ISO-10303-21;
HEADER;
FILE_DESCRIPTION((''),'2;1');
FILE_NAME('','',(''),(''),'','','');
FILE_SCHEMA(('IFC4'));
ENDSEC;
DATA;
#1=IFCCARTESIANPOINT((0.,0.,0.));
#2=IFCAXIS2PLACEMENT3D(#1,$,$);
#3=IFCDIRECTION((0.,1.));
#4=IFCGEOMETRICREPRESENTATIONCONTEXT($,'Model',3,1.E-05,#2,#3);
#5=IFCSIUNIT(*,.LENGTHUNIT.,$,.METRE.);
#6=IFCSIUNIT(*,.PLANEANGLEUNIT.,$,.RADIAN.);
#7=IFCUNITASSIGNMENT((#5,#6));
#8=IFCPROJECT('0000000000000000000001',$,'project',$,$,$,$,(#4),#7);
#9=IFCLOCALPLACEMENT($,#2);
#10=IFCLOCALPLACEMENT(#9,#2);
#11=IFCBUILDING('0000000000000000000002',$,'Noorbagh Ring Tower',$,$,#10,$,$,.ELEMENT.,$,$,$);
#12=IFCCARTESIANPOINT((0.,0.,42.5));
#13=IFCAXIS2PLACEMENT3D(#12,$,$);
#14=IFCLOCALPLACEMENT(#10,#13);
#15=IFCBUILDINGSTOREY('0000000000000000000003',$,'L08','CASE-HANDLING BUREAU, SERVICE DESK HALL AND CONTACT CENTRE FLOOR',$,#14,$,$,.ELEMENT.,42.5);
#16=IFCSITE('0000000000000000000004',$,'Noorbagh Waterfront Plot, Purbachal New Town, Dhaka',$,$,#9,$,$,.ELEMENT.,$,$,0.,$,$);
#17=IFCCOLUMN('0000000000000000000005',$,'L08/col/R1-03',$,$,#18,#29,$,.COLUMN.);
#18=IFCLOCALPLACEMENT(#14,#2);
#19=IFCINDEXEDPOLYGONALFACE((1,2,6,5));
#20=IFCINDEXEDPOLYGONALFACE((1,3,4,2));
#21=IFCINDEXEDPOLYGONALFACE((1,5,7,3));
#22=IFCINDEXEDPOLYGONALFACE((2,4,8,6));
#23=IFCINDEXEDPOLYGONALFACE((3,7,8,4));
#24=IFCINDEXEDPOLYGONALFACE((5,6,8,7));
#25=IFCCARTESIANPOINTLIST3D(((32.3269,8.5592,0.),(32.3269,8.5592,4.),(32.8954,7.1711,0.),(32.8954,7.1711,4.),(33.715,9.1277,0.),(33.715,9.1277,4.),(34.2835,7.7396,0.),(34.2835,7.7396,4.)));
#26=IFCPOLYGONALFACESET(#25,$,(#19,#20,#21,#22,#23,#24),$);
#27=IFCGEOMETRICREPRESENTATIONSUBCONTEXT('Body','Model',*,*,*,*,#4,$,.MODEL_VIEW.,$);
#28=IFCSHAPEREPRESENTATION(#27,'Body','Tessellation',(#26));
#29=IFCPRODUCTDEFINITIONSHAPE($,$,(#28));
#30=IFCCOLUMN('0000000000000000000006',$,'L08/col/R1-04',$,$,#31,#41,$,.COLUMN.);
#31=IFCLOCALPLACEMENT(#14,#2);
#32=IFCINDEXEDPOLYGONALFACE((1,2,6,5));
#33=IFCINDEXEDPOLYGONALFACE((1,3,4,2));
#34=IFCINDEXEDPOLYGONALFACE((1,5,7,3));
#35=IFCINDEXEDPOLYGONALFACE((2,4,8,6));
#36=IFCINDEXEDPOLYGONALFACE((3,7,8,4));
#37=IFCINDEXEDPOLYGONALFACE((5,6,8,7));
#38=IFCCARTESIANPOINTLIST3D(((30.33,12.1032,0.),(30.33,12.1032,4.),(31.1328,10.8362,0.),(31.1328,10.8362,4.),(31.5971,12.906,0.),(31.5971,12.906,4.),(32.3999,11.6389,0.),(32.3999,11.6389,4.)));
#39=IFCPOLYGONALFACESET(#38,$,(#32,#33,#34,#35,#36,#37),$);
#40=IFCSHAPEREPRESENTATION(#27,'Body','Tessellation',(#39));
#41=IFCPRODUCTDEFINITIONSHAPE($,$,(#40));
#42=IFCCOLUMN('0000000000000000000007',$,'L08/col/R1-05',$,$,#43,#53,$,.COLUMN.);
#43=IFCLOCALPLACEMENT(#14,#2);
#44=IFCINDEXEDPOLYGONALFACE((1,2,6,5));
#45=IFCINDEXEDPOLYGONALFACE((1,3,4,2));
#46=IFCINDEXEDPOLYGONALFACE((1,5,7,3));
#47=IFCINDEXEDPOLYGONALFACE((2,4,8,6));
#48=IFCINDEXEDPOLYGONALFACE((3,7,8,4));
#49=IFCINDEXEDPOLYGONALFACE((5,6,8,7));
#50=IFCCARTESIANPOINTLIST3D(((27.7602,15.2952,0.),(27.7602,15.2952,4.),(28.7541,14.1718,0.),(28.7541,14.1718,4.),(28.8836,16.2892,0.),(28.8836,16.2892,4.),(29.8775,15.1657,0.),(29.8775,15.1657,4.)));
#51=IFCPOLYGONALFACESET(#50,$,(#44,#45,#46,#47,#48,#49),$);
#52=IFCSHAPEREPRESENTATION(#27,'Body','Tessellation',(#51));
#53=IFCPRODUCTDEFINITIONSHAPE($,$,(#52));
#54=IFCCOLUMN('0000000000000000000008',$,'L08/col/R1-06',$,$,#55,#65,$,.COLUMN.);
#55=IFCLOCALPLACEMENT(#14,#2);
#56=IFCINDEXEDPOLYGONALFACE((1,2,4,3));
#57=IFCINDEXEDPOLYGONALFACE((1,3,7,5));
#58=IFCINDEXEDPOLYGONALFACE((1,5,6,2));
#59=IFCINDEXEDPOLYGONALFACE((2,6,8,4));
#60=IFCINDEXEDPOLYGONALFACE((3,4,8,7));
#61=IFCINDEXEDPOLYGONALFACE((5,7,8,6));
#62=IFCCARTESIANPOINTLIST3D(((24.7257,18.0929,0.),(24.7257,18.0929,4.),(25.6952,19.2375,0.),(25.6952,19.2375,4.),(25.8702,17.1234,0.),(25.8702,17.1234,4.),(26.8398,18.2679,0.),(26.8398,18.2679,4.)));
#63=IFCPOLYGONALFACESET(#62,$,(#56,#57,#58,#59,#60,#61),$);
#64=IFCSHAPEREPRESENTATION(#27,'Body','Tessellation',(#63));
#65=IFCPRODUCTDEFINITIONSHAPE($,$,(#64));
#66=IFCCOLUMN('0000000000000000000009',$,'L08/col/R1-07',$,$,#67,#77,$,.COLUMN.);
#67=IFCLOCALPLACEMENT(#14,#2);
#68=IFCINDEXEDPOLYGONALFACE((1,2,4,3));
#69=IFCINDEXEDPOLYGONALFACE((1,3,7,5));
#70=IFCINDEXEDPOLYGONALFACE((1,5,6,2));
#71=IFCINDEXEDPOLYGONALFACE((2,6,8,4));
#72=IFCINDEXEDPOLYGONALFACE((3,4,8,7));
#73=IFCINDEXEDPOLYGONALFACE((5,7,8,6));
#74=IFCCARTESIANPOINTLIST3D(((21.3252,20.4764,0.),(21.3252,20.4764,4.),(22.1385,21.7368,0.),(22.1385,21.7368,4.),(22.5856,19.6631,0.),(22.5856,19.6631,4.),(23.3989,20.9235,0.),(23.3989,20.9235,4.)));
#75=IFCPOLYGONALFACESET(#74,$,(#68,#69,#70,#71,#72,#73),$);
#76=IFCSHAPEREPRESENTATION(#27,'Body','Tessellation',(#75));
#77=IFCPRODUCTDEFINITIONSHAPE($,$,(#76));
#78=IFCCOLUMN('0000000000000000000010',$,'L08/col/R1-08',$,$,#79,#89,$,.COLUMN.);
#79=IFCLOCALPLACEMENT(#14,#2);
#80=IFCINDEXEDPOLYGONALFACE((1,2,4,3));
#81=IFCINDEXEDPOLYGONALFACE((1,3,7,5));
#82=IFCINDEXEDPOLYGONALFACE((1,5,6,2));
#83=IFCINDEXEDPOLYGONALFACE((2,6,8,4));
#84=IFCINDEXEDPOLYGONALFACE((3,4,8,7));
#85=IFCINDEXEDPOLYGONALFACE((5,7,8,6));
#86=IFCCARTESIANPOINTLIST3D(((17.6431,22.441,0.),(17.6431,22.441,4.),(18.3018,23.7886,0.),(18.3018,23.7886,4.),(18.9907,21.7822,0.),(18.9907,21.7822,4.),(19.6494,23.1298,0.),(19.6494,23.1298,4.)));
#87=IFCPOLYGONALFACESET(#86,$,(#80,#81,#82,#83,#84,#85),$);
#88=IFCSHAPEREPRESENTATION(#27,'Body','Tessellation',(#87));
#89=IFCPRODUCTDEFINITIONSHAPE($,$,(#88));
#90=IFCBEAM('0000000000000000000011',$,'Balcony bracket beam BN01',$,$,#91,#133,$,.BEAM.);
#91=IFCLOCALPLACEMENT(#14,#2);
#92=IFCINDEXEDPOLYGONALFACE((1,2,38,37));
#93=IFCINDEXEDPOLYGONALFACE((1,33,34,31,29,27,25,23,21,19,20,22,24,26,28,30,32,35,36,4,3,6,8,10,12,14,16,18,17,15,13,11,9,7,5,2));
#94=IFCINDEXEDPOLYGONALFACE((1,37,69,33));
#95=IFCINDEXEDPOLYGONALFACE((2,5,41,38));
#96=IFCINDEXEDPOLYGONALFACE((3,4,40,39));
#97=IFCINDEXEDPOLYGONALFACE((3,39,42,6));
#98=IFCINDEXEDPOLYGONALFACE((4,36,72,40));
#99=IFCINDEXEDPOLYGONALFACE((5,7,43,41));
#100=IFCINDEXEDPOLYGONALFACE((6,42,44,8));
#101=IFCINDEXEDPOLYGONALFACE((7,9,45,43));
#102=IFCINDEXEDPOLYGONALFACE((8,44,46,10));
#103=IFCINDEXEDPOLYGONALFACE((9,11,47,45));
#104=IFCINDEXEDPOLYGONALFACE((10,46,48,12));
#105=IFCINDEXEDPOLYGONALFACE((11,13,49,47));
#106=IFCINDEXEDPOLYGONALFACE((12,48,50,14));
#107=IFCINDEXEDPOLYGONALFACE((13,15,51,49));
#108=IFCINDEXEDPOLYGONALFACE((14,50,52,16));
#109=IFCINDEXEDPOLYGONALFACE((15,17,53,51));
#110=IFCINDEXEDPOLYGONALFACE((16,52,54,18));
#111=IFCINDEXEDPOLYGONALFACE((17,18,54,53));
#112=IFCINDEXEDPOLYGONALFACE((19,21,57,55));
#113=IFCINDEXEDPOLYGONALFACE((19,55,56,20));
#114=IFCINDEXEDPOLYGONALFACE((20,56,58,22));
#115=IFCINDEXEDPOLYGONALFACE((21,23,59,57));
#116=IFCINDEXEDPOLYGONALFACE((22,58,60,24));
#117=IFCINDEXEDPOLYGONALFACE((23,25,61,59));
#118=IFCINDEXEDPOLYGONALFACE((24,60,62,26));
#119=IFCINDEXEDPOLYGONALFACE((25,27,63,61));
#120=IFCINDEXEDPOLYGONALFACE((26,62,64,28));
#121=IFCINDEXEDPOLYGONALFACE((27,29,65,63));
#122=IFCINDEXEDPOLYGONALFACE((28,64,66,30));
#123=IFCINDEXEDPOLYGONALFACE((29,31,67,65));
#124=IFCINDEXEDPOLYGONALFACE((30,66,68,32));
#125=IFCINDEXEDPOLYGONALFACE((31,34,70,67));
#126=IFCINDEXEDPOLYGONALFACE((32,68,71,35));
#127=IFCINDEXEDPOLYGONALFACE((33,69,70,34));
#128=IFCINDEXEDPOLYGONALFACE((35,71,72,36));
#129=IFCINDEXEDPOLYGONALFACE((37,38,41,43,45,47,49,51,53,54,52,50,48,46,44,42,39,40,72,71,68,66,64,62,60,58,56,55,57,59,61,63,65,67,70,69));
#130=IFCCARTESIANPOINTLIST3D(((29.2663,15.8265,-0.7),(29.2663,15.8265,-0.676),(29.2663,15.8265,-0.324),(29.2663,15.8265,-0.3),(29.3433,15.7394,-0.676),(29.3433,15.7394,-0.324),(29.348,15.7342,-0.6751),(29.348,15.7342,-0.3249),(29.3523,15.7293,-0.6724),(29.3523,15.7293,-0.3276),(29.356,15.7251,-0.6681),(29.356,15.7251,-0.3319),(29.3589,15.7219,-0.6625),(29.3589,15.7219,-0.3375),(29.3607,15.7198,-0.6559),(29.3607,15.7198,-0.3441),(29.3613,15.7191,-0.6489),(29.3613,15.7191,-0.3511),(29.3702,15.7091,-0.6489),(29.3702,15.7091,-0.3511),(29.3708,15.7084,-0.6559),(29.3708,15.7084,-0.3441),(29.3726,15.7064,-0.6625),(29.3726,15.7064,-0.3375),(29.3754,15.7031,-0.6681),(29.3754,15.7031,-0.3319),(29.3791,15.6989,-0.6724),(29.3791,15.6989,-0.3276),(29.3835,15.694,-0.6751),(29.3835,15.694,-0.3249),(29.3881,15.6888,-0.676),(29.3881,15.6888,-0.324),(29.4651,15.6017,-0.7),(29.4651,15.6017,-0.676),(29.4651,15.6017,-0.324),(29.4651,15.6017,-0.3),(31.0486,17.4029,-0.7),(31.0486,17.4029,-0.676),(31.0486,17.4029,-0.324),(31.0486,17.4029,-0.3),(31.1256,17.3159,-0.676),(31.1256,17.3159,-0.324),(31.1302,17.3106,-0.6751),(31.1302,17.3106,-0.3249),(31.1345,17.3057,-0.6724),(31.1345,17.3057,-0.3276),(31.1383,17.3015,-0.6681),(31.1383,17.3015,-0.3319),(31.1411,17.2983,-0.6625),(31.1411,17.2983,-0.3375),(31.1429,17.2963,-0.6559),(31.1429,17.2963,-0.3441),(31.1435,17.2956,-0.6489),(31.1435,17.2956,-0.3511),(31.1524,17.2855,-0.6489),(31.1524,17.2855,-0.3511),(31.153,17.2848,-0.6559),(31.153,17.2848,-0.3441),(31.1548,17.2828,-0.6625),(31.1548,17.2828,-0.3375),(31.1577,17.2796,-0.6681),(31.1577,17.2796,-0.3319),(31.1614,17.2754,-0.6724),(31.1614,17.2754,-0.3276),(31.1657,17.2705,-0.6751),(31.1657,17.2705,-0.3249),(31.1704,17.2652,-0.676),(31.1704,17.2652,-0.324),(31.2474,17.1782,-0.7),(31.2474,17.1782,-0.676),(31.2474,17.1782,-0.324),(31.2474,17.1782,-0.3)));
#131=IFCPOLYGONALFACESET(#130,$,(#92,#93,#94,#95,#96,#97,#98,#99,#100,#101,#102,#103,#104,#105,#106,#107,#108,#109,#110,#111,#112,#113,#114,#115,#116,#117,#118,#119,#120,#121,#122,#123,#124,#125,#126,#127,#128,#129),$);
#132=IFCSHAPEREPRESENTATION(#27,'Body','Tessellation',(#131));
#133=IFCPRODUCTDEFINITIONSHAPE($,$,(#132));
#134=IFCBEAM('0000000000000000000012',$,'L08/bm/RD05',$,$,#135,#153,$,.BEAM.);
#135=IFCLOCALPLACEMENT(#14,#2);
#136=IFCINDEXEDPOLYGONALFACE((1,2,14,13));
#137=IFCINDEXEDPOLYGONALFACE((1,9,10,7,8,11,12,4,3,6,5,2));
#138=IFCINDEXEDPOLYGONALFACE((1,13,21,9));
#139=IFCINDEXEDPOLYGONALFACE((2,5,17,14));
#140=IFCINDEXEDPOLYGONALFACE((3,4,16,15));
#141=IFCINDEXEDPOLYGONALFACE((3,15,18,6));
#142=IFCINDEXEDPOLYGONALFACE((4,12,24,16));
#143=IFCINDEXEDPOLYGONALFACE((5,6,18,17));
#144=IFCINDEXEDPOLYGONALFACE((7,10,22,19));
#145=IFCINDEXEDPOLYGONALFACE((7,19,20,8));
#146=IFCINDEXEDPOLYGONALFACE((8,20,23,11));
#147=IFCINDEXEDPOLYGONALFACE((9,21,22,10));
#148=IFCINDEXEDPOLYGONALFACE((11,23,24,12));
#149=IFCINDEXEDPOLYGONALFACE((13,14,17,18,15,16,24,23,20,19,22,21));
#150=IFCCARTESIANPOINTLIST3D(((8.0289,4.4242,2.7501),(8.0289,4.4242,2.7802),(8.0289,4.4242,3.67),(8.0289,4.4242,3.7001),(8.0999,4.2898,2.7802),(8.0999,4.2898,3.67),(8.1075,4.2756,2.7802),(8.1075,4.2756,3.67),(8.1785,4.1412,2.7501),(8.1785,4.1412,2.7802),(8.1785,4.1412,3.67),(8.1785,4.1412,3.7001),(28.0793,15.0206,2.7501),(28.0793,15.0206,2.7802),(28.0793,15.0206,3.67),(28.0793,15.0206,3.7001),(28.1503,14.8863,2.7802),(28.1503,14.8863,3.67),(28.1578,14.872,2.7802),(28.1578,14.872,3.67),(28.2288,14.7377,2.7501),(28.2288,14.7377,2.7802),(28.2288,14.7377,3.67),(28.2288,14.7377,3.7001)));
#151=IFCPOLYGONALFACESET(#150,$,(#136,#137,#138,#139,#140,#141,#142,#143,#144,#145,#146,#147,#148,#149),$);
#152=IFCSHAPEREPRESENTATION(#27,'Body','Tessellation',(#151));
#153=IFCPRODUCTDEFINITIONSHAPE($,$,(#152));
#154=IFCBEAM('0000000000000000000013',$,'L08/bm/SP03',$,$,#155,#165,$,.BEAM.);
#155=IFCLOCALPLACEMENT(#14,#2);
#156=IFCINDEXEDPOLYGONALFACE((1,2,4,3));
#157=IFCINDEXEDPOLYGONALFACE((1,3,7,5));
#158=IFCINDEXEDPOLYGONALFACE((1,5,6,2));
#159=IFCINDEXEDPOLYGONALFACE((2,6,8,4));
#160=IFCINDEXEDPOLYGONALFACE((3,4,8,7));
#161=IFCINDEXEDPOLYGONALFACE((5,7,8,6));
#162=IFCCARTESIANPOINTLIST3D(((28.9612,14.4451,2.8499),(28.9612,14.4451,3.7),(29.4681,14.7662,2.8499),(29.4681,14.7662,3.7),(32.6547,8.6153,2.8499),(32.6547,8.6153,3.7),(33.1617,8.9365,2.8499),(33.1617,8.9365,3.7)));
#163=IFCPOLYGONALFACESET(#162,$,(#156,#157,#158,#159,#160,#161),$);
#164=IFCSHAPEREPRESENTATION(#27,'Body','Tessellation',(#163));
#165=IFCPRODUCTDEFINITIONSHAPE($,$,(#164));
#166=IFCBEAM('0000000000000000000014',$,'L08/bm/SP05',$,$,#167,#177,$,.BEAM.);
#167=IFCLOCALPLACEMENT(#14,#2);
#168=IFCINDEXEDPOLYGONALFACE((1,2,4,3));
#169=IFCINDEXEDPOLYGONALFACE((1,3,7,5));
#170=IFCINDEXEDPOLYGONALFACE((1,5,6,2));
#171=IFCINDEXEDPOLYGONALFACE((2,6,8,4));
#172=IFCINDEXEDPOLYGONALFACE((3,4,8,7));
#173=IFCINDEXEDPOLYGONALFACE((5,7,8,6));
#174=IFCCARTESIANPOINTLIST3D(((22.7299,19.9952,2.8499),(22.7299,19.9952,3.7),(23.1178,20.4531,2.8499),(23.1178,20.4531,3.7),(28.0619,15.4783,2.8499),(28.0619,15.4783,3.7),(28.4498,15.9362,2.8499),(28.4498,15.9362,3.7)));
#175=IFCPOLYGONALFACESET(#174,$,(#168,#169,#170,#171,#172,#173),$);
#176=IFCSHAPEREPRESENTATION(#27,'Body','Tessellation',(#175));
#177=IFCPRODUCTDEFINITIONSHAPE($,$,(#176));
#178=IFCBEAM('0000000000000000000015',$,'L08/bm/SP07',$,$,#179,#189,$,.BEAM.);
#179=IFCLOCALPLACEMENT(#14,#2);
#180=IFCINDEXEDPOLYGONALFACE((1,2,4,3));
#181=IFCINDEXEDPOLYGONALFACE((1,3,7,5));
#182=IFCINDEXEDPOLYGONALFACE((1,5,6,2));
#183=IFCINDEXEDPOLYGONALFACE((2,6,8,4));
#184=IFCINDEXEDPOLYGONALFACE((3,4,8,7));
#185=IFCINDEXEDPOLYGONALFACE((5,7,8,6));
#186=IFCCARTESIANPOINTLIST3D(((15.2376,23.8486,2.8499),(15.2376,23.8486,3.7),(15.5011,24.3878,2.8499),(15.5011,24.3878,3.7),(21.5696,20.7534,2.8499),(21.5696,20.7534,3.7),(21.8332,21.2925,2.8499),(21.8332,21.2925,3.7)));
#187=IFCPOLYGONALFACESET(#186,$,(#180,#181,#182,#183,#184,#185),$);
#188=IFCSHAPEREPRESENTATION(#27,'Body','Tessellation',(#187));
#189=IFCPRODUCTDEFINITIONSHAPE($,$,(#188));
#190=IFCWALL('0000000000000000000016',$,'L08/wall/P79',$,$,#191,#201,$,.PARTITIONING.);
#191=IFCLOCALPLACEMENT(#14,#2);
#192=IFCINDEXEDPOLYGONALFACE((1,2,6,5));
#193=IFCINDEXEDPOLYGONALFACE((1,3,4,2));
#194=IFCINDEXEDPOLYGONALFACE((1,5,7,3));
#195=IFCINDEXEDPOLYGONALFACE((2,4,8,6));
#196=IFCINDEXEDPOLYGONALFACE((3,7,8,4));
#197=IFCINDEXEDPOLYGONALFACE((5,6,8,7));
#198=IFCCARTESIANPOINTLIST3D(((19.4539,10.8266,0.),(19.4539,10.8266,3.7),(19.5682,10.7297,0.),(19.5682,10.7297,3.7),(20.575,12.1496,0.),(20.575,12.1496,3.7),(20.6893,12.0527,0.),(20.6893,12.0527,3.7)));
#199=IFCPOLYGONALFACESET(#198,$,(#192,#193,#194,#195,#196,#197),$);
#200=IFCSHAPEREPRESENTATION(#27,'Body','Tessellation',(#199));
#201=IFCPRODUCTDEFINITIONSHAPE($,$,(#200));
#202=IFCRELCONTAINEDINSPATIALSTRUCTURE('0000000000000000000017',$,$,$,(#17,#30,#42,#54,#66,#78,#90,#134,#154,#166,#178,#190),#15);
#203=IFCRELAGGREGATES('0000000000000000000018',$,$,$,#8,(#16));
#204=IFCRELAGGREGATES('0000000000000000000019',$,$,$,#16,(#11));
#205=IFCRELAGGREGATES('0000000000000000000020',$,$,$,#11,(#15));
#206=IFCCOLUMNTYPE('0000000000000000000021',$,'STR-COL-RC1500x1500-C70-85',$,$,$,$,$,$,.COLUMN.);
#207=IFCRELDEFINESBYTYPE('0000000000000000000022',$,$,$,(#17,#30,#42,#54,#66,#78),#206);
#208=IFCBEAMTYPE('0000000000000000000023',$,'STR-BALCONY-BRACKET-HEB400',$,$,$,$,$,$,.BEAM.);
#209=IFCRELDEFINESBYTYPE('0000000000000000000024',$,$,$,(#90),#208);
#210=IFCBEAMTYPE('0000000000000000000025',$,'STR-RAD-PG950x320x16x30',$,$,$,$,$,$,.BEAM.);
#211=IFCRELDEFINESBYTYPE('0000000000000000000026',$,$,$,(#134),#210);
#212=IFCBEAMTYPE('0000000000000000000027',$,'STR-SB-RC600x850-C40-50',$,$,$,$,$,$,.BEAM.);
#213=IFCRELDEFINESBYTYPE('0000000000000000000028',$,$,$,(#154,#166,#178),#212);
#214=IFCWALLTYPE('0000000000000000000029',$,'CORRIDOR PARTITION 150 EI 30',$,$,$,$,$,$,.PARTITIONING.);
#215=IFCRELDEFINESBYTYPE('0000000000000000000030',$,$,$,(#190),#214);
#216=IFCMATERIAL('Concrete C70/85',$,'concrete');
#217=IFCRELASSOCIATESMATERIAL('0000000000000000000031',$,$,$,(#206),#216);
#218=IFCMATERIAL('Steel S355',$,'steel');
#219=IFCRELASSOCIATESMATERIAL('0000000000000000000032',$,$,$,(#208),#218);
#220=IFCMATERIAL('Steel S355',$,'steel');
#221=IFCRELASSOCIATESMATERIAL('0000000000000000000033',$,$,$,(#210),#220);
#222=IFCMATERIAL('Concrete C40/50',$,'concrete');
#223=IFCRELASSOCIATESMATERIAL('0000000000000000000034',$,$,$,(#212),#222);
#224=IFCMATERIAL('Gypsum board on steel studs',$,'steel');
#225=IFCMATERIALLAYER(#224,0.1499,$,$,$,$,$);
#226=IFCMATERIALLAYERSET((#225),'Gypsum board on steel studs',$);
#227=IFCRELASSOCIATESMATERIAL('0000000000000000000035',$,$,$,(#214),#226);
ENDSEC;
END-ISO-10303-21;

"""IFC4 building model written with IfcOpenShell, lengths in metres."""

from ifc_helpers import new_model, si_unit, direction, frame, frame_2d, origin, origin_2d, place, context, subcontext, project, spatial, rectangle, i_section, extrude, material, layer, layer_set, material_profile, profile_set, type_object, element, save


model = new_model("IFC4")

# Units and contexts
model_context = context("Model", 3, precision=1e-05, world=origin(), true_north=direction((0.0, 1.0)))
body_context = subcontext(model_context, "Body", "Model", "MODEL_VIEW")
ifc_project = project(units=[si_unit("LENGTHUNIT", "METRE"), si_unit("PLANEANGLEUNIT", "RADIAN")], contexts=[model_context])

# Site, building, storey
site_placement = place(None, origin())
site = spatial("IfcSite", under=ifc_project, at=site_placement, Name="Noorbagh Waterfront Plot, Purbachal New Town, Dhaka", CompositionType="ELEMENT", RefElevation=0.0)
building_placement = place(site_placement, origin())
building = spatial("IfcBuilding", under=site, at=building_placement, Name="Noorbagh Ring Tower", CompositionType="ELEMENT")
storey_placement = place(building_placement, frame((0.0, 0.0, 42.5)))
storey = spatial("IfcBuildingStorey", under=building, at=storey_placement, Name="L08", Description="CASE-HANDLING BUREAU, SERVICE DESK HALL AND CONTACT CENTRE FLOOR", CompositionType="ELEMENT", Elevation=42.5)

# Columns
ifc_material_1 = material(Name="Concrete C70/85", Category="concrete")
ifc_material_profile_1 = material_profile(ifc_material_1, rectangle(XDim=1.5, YDim=1.5, at=origin_2d()), Name="RC1500x1500")
ifc_profile_set_1 = profile_set([ifc_material_profile_1], Name="Concrete C70/85")
column_type = type_object("IfcColumnType", Name="STR-COL-RC1500x1500-C70-85", PredefinedType="COLUMN", material=ifc_profile_set_1)
for number, where, z_axis, x_axis, name in (
    (1, (33.3052, 8.1494, 0.0), (0.0, 0.0, 1.0), (-0.378989, 0.925401, 0.0), "L08/col/R1-03"),
    (2, (31.365, 11.8711, 0.0), (0.0, 0.0, 1.0), (-0.53519, 0.844731, 0.0), "L08/col/R1-04"),
    (3, (28.8188, 15.2305, 0.0), (0.0, 0.0, 1.0), (-0.662636, 0.748942, 0.0), "L08/col/R1-05"),
    (4, (25.7827, 18.1804, 0.0), (0.0, 0.0, 1.0), (-0.763035, 0.646357, 0.0), "L08/col/R1-06"),
    (5, (22.3621, 20.7, 0.0), (0.0, 0.0, 1.0), (-0.840248, 0.542203, 0.0), "L08/col/R1-07"),
    (6, (18.6462, 22.7854, 0.0), (0.0, 0.0, 1.0), (-0.898399, 0.43918, 0.0), "L08/col/R1-08"),
):
    element("IfcColumn", number, at=place(storey_placement, frame(where, z_axis=z_axis, x_axis=x_axis)), inside=storey, type_object=column_type, Name=name, PredefinedType="COLUMN", context=body_context, shape_type="SweptSolid", body=[
        extrude(rectangle(XDim=1.5, YDim=1.5, at=origin_2d()), origin(), (0.0, 0.0, 1.0), 4.0),
    ])

# Beams
ifc_material_2 = material(Name="Steel S355", Category="steel")
ifc_material_profile_2 = material_profile(ifc_material_2, i_section(OverallWidth=0.3, OverallDepth=0.3999, WebThickness=0.0134, FlangeThickness=0.0239, FilletRadius=0.0271, at=origin_2d()), Name="HEB400")
ifc_profile_set_2 = profile_set([ifc_material_profile_2], Name="Steel S355")
beam_type_1 = type_object("IfcBeamType", Name="STR-BALCONY-BRACKET-HEB400", PredefinedType="BEAM", material=ifc_profile_set_2)
beam_1_placement = place(storey_placement, frame((29.3657, 15.7141, -0.5), z_axis=(0.749032, 0.662534, 0.0), x_axis=(-0.662534, 0.749032, 0.0)))
element("IfcBeam", 7, at=beam_1_placement, inside=storey, type_object=beam_type_1, Name="Balcony bracket beam BN01", PredefinedType="BEAM", context=body_context, shape_type="SweptSolid", body=[
    extrude(i_section(OverallWidth=0.3, OverallDepth=0.3999, WebThickness=0.0134, FlangeThickness=0.0239, FilletRadius=0.0271, at=origin_2d()), origin(), (0.0, 0.0, 1.0), 2.3794),
])
ifc_material_3 = material(Name="Steel S355", Category="steel")
ifc_material_profile_3 = material_profile(ifc_material_3, i_section(OverallWidth=0.3201, OverallDepth=0.95, WebThickness=0.0161, FlangeThickness=0.03, at=origin_2d()), Name="PG950x320x16x30")
ifc_profile_set_3 = profile_set([ifc_material_profile_3], Name="Steel S355")
beam_type_2 = type_object("IfcBeamType", Name="STR-RAD-PG950x320x16x30", PredefinedType="BEAM", material=ifc_profile_set_3)
beam_2_placement = place(storey_placement, frame((28.1541, 14.8792, 3.2251), z_axis=(-0.884124, -0.467253, 0.0), x_axis=(0.467253, -0.884124, 0.0)))
element("IfcBeam", 8, at=beam_2_placement, inside=storey, type_object=beam_type_2, Name="L08/bm/RD05", PredefinedType="BEAM", context=body_context, shape_type="SweptSolid", body=[
    extrude(i_section(OverallWidth=0.3201, OverallDepth=0.95, WebThickness=0.0161, FlangeThickness=0.03, at=origin_2d()), origin(), (0.0, 0.0, 1.0), 22.6782),
])
ifc_material_4 = material(Name="Concrete C40/50", Category="concrete")
ifc_material_profile_4 = material_profile(ifc_material_4, rectangle(XDim=0.6001, YDim=0.8501, at=origin_2d()), Name="RC600x850")
ifc_profile_set_4 = profile_set([ifc_material_profile_4], Name="Concrete C40/50")
beam_type_3 = type_object("IfcBeamType", Name="STR-SB-RC600x850-C40-50", PredefinedType="BEAM", material=ifc_profile_set_4)
beam_3_placement = place(storey_placement, frame((32.9082, 8.7759, 3.2749), z_axis=(-0.535194, 0.844729, 0.0), x_axis=(-0.844729, -0.535194, 0.0)))
element("IfcBeam", 9, at=beam_3_placement, inside=storey, type_object=beam_type_3, Name="L08/bm/SP03", PredefinedType="BEAM", context=body_context, shape_type="SweptSolid", body=[
    extrude(rectangle(XDim=0.6001, YDim=0.8501, at=origin_2d()), origin(), (0.0, 0.0, 1.0), 6.9014),
])
beam_4_placement = place(storey_placement, frame((28.2559, 15.7073, 3.2749), z_axis=(-0.763024, 0.64637, 0.0), x_axis=(-0.64637, -0.763024, 0.0)))
element("IfcBeam", 10, at=beam_4_placement, inside=storey, type_object=beam_type_3, Name="L08/bm/SP05", PredefinedType="BEAM", context=body_context, shape_type="SweptSolid", body=[
    extrude(rectangle(XDim=0.6001, YDim=0.8501, at=origin_2d()), origin(), (0.0, 0.0, 1.0), 6.988),
])
beam_5_placement = place(storey_placement, frame((21.7014, 21.0229, 3.2749), z_axis=(-0.898409, 0.439159, 0.0), x_axis=(-0.439159, -0.898409, 0.0)))
element("IfcBeam", 11, at=beam_5_placement, inside=storey, type_object=beam_type_3, Name="L08/bm/SP07", PredefinedType="BEAM", context=body_context, shape_type="SweptSolid", body=[
    extrude(rectangle(XDim=0.6001, YDim=0.8501, at=origin_2d()), origin(), (0.0, 0.0, 1.0), 7.0481),
])

# Wall
ifc_material_5 = material(Name="Gypsum board on steel studs", Category="steel")
ifc_layer_1 = layer(ifc_material_5, 0.1499)
ifc_layer_set_1 = layer_set([ifc_layer_1], Name="Gypsum board on steel studs")
wall_type_1 = type_object("IfcWallType", Name="CORRIDOR PARTITION 150 EI 30", PredefinedType="PARTITIONING", material=ifc_layer_set_1)
wall_1_placement = place(storey_placement, frame((19.511, 10.7781, 0.0), z_axis=(0.0, 0.0, 1.0), x_axis=(0.646491, 0.762921, 0.0)))
element("IfcWall", 12, at=wall_1_placement, inside=storey, type_object=wall_type_1, Name="L08/wall/P79", PredefinedType="PARTITIONING", context=body_context, shape_type="SweptSolid", body=[
    extrude(rectangle(XDim=1.7341, YDim=0.1499, at=frame_2d((0.8672, 0.0))), origin(), (0.0, 0.0, 1.0), 3.7),
])

save(model, "model.ifc")
